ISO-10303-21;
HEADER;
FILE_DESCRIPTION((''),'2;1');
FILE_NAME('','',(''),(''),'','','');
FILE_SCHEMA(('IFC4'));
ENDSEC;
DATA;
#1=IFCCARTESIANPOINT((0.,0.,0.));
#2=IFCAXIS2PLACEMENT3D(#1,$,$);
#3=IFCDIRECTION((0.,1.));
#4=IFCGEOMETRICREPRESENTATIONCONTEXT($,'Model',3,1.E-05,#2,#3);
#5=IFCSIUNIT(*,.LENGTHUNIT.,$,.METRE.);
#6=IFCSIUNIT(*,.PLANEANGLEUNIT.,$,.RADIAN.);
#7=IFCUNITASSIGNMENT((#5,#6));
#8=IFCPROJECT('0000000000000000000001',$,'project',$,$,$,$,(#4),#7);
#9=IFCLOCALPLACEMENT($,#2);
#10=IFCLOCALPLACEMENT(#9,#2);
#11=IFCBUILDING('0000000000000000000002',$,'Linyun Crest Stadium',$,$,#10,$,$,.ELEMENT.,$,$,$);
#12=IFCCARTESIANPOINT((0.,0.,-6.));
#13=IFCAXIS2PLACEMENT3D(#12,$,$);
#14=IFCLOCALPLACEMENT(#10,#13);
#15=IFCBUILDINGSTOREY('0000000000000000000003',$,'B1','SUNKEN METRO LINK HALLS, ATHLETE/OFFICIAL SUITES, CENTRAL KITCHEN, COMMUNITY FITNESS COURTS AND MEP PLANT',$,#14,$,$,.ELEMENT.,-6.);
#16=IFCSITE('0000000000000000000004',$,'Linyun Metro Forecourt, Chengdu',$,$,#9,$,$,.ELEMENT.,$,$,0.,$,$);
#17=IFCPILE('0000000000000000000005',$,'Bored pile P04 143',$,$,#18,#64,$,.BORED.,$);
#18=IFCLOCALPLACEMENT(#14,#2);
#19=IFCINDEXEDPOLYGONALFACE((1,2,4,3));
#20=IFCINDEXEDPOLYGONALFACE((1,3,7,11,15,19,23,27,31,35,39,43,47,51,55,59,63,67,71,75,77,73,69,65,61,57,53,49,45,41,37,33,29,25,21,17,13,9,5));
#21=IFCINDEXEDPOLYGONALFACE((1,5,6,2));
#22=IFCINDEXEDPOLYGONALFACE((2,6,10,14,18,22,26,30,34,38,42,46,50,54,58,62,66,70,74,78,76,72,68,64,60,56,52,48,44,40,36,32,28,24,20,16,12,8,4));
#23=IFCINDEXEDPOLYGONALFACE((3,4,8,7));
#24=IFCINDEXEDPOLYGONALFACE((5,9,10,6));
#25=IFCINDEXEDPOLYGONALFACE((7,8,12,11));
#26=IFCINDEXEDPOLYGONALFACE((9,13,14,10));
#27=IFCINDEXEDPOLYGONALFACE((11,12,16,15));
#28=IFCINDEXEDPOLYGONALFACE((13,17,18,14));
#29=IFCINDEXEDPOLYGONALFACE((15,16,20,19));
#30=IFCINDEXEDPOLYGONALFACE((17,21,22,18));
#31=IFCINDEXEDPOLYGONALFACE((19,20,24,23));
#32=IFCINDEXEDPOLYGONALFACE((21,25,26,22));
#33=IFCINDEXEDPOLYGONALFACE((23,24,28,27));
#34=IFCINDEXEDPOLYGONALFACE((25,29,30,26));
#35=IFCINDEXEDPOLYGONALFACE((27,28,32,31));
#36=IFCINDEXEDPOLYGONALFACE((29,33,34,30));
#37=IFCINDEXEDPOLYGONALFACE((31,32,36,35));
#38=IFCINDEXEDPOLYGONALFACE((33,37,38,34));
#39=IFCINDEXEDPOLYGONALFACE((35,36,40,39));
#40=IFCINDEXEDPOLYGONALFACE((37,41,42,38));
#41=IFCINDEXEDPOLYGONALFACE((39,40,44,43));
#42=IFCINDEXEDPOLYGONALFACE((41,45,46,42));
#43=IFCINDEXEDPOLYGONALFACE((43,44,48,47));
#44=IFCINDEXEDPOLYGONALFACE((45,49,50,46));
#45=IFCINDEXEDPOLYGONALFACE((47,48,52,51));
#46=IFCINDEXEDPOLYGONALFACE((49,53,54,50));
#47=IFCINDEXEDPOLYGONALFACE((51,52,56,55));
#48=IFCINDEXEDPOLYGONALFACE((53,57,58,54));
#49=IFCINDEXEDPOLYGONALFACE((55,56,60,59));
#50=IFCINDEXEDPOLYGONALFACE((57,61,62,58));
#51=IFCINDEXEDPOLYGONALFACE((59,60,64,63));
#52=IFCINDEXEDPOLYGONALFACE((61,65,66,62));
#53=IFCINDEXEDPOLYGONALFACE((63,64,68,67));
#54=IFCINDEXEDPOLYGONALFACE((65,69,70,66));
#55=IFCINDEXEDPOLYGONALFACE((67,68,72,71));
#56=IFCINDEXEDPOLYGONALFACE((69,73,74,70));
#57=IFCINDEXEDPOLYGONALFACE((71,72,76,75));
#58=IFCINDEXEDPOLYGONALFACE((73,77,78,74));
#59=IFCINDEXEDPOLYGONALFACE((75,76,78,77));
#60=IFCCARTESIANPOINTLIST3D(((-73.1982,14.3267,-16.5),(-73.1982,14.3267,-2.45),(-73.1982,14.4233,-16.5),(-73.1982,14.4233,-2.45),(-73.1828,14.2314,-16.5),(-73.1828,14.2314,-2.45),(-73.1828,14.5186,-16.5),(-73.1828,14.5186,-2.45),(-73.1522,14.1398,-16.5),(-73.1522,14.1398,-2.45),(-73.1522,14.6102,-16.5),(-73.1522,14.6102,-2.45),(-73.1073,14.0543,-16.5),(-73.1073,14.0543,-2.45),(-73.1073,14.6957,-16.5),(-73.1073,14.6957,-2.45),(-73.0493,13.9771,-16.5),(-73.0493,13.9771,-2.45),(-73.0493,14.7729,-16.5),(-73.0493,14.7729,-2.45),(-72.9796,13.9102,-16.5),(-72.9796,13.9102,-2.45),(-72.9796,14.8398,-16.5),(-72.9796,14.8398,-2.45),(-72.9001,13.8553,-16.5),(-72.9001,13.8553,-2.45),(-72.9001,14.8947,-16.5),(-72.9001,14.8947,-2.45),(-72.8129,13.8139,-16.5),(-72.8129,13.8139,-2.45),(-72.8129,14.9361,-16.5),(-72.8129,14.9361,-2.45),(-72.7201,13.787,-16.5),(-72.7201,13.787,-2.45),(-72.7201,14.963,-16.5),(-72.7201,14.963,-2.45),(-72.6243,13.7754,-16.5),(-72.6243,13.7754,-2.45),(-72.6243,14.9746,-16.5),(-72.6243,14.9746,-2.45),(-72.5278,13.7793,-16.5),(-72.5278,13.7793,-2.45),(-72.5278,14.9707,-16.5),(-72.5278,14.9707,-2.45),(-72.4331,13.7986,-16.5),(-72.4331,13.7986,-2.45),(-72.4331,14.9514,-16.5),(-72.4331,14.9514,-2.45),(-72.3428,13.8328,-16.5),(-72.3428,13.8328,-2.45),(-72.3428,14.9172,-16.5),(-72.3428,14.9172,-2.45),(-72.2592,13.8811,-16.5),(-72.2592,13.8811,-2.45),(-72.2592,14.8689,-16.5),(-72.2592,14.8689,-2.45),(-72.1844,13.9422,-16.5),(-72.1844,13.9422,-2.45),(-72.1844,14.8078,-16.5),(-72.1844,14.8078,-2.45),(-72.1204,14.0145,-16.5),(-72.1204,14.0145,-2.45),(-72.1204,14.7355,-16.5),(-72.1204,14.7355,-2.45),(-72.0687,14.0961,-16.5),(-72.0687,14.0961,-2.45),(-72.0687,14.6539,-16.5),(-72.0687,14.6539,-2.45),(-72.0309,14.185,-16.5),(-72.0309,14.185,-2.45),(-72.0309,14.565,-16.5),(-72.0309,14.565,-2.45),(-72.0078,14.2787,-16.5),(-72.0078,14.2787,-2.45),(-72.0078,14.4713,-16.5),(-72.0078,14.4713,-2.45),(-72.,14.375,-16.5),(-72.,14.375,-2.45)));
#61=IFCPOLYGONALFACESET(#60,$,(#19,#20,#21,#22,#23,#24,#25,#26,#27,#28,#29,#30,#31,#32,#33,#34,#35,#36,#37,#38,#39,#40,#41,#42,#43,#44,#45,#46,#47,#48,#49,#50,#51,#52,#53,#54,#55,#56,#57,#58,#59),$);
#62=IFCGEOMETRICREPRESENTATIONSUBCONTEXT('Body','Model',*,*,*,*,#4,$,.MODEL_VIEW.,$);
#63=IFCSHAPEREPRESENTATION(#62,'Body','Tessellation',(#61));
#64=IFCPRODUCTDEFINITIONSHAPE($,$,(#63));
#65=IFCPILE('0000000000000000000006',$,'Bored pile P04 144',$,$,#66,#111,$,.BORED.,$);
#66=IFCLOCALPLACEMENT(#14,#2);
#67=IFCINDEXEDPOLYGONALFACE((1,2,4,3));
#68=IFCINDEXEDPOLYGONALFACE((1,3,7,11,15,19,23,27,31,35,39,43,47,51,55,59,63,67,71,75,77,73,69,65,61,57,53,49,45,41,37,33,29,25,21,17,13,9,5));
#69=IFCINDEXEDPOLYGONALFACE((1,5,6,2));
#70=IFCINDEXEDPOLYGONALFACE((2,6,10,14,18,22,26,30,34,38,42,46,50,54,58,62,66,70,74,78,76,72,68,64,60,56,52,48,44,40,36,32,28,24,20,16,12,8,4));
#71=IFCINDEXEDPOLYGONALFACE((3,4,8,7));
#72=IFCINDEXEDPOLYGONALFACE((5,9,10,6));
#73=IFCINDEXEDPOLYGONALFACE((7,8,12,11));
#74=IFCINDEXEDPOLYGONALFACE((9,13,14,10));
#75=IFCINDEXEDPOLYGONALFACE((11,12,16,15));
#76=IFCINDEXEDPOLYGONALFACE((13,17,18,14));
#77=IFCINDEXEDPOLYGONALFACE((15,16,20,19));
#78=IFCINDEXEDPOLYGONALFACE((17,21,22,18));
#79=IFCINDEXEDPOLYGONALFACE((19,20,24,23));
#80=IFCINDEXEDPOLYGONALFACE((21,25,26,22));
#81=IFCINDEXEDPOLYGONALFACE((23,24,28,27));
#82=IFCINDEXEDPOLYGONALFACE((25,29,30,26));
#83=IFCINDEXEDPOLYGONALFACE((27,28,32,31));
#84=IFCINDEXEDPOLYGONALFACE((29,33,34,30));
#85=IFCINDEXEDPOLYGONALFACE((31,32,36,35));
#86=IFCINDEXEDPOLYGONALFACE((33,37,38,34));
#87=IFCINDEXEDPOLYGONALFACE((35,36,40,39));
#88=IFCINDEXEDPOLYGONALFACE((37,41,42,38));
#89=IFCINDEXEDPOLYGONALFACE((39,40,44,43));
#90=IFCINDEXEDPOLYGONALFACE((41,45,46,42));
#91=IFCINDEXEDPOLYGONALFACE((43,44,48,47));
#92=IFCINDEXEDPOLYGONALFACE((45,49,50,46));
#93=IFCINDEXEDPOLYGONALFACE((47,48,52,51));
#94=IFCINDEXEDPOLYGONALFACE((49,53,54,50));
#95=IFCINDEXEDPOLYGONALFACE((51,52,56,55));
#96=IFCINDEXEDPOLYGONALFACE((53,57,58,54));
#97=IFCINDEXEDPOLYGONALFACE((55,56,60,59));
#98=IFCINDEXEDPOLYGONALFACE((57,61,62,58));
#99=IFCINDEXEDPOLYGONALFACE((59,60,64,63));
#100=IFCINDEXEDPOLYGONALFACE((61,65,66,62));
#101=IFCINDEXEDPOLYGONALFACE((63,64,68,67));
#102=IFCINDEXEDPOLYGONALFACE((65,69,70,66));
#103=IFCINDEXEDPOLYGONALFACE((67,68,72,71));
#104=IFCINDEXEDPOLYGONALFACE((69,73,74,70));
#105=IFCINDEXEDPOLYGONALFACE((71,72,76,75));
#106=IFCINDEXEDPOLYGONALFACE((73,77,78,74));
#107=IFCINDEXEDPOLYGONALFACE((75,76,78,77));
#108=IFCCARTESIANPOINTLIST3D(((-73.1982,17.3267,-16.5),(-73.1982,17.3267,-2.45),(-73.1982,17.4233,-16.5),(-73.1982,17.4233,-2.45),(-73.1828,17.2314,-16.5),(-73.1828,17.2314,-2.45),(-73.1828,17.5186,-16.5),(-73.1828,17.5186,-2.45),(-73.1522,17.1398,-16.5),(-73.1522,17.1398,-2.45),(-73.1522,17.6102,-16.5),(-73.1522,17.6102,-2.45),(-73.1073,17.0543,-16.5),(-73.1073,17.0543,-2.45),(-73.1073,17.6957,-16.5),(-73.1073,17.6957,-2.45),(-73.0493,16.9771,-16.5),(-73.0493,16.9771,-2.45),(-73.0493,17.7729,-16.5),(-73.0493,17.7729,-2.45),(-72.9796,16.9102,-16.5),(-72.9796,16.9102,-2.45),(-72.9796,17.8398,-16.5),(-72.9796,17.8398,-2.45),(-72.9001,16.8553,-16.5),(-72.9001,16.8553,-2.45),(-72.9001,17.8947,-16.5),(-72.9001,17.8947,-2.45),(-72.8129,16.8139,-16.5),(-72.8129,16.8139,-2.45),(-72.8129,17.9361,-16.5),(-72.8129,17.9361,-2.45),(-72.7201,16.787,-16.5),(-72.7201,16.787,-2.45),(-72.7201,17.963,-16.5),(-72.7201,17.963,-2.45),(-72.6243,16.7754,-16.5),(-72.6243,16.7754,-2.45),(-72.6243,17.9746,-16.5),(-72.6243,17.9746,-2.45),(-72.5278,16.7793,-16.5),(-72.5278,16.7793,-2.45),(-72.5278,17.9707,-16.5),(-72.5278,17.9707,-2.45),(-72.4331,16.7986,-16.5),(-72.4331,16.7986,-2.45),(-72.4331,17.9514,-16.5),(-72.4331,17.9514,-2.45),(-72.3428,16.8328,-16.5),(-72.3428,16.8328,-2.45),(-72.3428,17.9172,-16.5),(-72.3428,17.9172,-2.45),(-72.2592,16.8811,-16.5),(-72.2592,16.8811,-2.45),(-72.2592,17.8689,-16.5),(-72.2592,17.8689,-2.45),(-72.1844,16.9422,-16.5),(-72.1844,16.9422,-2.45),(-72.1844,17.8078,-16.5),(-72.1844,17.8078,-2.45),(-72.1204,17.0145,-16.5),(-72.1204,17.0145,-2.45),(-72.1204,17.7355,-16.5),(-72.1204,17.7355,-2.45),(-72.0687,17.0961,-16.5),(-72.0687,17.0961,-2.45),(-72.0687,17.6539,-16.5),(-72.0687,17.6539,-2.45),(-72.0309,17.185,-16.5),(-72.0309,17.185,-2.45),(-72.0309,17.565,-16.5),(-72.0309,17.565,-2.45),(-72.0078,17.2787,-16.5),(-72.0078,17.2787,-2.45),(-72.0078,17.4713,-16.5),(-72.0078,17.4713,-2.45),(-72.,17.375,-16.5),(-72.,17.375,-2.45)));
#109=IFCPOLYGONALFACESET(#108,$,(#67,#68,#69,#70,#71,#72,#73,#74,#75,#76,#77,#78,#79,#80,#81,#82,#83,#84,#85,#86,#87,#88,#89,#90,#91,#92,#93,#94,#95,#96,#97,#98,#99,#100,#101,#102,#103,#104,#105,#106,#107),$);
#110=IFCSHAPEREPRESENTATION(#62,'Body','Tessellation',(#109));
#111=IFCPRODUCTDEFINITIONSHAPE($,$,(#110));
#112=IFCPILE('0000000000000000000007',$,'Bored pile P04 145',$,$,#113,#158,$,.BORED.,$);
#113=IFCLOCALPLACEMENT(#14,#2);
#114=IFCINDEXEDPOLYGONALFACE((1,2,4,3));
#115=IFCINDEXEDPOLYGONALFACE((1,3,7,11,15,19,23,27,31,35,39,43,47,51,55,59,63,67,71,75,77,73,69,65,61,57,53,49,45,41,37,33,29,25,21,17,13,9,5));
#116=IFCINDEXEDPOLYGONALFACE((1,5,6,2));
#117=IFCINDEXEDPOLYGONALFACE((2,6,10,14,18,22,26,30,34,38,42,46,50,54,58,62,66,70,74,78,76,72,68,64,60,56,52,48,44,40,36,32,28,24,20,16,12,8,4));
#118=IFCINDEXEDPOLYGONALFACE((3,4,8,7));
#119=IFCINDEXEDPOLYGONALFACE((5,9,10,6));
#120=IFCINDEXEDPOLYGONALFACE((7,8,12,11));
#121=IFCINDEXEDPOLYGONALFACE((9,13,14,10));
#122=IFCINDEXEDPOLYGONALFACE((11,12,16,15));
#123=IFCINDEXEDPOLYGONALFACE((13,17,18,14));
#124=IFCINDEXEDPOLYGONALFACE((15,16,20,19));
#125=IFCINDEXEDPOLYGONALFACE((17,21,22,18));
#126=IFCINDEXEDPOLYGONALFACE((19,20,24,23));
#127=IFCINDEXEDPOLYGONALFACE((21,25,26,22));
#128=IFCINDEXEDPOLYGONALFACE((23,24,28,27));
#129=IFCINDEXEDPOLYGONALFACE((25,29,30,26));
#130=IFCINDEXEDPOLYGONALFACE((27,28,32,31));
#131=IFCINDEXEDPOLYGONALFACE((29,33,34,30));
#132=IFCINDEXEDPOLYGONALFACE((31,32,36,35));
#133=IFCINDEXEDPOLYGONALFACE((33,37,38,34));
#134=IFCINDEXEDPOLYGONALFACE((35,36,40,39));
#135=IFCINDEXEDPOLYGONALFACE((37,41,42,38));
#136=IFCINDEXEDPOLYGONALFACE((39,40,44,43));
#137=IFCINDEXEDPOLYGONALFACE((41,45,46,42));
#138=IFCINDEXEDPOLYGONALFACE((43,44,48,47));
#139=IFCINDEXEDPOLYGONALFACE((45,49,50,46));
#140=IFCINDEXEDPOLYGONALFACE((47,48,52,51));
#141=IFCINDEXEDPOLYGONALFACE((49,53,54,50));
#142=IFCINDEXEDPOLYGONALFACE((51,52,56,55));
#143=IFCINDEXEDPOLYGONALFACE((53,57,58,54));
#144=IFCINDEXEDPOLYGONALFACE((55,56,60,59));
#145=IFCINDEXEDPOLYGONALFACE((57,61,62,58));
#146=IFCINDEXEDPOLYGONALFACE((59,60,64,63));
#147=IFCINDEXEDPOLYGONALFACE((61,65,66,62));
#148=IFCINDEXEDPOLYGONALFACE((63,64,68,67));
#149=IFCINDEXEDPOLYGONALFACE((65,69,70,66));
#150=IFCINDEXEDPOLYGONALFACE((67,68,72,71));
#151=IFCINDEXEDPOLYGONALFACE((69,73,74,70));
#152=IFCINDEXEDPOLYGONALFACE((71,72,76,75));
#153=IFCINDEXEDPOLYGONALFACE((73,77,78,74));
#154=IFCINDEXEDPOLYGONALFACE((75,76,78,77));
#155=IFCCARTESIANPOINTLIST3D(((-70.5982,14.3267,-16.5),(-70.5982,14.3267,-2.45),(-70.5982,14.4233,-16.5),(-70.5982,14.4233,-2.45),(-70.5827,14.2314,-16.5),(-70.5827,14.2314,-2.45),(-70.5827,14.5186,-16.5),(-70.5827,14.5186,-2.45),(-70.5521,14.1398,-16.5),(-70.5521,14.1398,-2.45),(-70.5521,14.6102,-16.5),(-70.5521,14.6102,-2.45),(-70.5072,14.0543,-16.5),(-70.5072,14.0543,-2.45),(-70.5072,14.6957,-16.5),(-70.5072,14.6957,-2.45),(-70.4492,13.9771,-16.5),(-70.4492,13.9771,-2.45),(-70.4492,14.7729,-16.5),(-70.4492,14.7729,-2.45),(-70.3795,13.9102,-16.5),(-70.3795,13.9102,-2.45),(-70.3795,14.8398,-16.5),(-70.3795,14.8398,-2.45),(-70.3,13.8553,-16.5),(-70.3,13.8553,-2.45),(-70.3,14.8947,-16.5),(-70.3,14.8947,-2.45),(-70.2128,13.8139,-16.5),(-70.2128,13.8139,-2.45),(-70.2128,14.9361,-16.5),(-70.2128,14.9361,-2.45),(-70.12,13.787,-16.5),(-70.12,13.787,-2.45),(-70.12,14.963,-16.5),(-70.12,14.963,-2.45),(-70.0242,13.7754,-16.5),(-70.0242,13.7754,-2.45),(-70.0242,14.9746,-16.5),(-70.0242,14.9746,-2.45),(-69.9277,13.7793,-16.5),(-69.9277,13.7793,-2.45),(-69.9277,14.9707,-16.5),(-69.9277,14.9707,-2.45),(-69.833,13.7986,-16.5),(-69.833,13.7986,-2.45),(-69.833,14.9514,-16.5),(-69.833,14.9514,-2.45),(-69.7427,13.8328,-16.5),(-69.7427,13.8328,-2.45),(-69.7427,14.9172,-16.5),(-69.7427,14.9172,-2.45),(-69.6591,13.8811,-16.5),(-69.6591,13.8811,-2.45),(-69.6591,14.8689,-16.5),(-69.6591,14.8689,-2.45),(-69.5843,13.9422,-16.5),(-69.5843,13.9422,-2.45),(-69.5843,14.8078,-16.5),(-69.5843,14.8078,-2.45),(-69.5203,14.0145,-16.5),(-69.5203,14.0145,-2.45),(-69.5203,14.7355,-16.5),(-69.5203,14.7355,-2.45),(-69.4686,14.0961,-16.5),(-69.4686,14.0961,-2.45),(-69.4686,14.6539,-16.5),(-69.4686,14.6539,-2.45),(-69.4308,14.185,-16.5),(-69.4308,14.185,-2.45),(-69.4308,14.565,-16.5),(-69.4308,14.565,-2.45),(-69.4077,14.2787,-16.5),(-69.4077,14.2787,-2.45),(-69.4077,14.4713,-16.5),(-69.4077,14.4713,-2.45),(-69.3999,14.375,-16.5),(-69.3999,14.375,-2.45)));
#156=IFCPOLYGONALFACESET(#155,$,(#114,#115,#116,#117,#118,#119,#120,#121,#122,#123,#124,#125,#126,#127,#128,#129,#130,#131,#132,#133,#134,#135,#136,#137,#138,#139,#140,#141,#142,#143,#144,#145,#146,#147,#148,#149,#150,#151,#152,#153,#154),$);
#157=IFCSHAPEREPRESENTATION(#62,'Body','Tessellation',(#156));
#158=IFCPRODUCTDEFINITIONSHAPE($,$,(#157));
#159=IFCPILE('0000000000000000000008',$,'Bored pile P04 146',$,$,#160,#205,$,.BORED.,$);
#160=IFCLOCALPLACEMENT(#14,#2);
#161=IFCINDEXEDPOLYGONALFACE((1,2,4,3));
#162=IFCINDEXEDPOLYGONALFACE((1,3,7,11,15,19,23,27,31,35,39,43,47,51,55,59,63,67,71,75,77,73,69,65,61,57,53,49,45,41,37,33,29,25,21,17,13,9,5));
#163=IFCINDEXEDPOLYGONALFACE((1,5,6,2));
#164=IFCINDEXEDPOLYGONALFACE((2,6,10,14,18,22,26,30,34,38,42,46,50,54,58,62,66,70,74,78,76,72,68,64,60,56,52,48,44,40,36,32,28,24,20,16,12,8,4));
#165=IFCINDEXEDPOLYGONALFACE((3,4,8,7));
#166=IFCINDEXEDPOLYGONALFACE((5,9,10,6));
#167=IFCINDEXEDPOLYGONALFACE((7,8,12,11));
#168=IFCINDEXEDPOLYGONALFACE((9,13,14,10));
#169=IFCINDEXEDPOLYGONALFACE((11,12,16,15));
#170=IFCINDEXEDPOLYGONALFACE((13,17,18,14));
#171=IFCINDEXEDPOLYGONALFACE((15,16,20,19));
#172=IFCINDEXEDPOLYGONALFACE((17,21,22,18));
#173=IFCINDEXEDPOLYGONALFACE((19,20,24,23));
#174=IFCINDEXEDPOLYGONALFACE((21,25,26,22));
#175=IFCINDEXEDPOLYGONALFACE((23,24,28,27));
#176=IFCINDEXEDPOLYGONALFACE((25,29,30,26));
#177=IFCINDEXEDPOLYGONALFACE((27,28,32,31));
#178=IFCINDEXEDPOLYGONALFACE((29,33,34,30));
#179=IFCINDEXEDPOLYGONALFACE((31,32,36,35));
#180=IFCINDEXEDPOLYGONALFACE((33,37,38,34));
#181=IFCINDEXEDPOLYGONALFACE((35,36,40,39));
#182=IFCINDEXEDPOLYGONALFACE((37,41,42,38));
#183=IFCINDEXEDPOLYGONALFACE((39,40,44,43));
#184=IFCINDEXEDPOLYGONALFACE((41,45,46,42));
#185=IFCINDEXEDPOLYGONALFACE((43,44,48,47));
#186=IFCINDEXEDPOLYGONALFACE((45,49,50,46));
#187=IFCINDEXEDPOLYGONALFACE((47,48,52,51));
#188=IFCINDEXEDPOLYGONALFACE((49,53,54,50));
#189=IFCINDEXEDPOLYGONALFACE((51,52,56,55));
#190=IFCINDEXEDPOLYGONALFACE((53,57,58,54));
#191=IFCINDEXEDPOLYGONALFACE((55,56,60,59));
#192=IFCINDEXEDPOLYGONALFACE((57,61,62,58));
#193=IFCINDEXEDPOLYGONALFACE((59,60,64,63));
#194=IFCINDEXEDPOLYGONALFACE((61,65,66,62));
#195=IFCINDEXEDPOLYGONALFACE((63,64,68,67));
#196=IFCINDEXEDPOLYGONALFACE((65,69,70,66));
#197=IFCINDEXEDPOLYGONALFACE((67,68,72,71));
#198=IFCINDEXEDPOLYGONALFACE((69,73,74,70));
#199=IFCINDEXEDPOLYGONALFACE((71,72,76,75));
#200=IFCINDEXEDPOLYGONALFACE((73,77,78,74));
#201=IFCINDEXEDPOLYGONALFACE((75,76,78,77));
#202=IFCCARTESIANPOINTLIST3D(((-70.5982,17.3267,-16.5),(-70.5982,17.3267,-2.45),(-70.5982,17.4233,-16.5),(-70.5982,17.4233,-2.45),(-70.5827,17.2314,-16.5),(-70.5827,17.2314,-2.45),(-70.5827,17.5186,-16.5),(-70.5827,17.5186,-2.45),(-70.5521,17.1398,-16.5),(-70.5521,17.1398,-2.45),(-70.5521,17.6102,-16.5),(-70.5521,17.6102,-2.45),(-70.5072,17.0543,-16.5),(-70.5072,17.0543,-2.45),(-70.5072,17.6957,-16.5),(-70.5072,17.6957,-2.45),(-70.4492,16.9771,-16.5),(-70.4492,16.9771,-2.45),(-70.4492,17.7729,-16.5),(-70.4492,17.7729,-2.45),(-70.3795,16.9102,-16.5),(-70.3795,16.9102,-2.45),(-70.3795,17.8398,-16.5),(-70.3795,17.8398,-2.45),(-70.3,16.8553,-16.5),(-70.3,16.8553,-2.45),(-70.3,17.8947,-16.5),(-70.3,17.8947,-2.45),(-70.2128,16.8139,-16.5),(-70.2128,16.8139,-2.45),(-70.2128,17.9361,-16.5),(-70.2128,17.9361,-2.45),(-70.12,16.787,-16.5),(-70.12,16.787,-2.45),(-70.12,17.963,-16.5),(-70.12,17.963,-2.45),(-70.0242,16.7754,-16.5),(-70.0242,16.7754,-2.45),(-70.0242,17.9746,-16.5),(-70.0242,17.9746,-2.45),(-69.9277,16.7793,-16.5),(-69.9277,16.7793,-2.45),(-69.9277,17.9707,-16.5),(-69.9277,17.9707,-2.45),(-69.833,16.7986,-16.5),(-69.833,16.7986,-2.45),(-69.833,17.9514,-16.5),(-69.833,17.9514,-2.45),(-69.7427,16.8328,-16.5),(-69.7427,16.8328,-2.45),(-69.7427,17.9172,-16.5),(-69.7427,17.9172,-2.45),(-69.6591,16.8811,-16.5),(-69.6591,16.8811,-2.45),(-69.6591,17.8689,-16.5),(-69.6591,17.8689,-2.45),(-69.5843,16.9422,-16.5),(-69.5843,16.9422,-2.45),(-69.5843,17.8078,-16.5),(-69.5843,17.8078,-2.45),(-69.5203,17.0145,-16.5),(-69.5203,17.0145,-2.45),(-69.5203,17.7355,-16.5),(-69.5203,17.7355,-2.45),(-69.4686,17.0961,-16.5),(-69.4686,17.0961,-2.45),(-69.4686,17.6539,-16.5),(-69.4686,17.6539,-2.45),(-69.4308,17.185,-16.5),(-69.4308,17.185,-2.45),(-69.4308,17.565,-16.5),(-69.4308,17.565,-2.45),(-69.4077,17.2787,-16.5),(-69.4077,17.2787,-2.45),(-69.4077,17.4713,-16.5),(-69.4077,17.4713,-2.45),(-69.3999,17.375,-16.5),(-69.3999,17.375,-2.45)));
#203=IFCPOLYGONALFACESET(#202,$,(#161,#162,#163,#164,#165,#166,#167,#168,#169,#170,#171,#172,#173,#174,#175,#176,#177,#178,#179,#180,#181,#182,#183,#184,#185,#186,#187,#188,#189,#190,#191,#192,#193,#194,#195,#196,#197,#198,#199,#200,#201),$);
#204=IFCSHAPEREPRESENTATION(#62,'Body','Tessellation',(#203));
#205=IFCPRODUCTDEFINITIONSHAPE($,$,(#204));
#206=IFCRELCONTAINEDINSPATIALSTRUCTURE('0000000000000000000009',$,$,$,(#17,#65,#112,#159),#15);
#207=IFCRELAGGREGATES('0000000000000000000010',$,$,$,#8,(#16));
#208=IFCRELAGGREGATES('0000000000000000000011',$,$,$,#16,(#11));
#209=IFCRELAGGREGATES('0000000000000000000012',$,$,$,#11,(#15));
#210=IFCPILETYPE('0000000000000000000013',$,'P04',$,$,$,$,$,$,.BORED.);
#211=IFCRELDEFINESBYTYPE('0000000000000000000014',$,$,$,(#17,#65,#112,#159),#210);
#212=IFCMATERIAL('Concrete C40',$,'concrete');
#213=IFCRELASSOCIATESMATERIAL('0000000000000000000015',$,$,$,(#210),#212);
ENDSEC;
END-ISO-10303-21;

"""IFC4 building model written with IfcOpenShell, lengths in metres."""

from ifc_helpers import new_model, si_unit, direction, frame, origin, origin_2d, place, context, subcontext, project, spatial, circle, extrude, material, material_profile, profile_set, type_object, element, save


model = new_model("IFC4")

# Units and contexts
model_context = context("Model", 3, precision=1e-05, world=origin(), true_north=direction((0.0, 1.0)))
body_context = subcontext(model_context, "Body", "Model", "MODEL_VIEW")
ifc_project = project(units=[si_unit("LENGTHUNIT", "METRE"), si_unit("PLANEANGLEUNIT", "RADIAN")], contexts=[model_context])

# Site, building, storey
site_placement = place(None, origin())
site = spatial("IfcSite", under=ifc_project, at=site_placement, Name="Linyun Metro Forecourt, Chengdu", CompositionType="ELEMENT", RefElevation=0.0)
building_placement = place(site_placement, origin())
building = spatial("IfcBuilding", under=site, at=building_placement, Name="Linyun Crest Stadium", CompositionType="ELEMENT")
storey_placement = place(building_placement, frame((0.0, 0.0, -6.0)))
storey = spatial("IfcBuildingStorey", under=building, at=storey_placement, Name="B1", Description="SUNKEN METRO LINK HALLS, ATHLETE/OFFICIAL SUITES, CENTRAL KITCHEN, COMMUNITY FITNESS COURTS AND MEP PLANT", CompositionType="ELEMENT", Elevation=-6.0)

# Piles
ifc_material_1 = material(Name="Concrete C40", Category="concrete")
ifc_material_profile_1 = material_profile(ifc_material_1, circle(Radius=0.6001, at=origin_2d()), Name="BORED PILE 1200")
ifc_profile_set_1 = profile_set([ifc_material_profile_1], Name="Concrete C40")
pile_type_1 = type_object("IfcPileType", Name="P04", PredefinedType="BORED", material=ifc_profile_set_1)
for number, where, z_axis, x_axis, name in (
    (1, (-72.6001, 14.375, -2.45), (0.0, 0.0, -1.0), (1.0, 0.0, 0.0), "Bored pile P04 143"),
    (2, (-72.6001, 17.375, -2.45), (0.0, 0.0, -1.0), (1.0, 0.0, 0.0), "Bored pile P04 144"),
    (3, (-70.0, 14.375, -2.45), (0.0, 0.0, -1.0), (1.0, 0.0, 0.0), "Bored pile P04 145"),
    (4, (-70.0, 17.375, -2.45), (0.0, 0.0, -1.0), (1.0, 0.0, 0.0), "Bored pile P04 146"),
):
    element("IfcPile", number, at=place(storey_placement, frame(where, z_axis=z_axis, x_axis=x_axis)), inside=storey, type_object=pile_type_1, Name=name, PredefinedType="BORED", context=body_context, shape_type="SweptSolid", body=[
        extrude(circle(Radius=0.6001, at=origin_2d()), origin(), (0.0, 0.0, 1.0), 14.05),
    ])

save(model, "model.ifc")
